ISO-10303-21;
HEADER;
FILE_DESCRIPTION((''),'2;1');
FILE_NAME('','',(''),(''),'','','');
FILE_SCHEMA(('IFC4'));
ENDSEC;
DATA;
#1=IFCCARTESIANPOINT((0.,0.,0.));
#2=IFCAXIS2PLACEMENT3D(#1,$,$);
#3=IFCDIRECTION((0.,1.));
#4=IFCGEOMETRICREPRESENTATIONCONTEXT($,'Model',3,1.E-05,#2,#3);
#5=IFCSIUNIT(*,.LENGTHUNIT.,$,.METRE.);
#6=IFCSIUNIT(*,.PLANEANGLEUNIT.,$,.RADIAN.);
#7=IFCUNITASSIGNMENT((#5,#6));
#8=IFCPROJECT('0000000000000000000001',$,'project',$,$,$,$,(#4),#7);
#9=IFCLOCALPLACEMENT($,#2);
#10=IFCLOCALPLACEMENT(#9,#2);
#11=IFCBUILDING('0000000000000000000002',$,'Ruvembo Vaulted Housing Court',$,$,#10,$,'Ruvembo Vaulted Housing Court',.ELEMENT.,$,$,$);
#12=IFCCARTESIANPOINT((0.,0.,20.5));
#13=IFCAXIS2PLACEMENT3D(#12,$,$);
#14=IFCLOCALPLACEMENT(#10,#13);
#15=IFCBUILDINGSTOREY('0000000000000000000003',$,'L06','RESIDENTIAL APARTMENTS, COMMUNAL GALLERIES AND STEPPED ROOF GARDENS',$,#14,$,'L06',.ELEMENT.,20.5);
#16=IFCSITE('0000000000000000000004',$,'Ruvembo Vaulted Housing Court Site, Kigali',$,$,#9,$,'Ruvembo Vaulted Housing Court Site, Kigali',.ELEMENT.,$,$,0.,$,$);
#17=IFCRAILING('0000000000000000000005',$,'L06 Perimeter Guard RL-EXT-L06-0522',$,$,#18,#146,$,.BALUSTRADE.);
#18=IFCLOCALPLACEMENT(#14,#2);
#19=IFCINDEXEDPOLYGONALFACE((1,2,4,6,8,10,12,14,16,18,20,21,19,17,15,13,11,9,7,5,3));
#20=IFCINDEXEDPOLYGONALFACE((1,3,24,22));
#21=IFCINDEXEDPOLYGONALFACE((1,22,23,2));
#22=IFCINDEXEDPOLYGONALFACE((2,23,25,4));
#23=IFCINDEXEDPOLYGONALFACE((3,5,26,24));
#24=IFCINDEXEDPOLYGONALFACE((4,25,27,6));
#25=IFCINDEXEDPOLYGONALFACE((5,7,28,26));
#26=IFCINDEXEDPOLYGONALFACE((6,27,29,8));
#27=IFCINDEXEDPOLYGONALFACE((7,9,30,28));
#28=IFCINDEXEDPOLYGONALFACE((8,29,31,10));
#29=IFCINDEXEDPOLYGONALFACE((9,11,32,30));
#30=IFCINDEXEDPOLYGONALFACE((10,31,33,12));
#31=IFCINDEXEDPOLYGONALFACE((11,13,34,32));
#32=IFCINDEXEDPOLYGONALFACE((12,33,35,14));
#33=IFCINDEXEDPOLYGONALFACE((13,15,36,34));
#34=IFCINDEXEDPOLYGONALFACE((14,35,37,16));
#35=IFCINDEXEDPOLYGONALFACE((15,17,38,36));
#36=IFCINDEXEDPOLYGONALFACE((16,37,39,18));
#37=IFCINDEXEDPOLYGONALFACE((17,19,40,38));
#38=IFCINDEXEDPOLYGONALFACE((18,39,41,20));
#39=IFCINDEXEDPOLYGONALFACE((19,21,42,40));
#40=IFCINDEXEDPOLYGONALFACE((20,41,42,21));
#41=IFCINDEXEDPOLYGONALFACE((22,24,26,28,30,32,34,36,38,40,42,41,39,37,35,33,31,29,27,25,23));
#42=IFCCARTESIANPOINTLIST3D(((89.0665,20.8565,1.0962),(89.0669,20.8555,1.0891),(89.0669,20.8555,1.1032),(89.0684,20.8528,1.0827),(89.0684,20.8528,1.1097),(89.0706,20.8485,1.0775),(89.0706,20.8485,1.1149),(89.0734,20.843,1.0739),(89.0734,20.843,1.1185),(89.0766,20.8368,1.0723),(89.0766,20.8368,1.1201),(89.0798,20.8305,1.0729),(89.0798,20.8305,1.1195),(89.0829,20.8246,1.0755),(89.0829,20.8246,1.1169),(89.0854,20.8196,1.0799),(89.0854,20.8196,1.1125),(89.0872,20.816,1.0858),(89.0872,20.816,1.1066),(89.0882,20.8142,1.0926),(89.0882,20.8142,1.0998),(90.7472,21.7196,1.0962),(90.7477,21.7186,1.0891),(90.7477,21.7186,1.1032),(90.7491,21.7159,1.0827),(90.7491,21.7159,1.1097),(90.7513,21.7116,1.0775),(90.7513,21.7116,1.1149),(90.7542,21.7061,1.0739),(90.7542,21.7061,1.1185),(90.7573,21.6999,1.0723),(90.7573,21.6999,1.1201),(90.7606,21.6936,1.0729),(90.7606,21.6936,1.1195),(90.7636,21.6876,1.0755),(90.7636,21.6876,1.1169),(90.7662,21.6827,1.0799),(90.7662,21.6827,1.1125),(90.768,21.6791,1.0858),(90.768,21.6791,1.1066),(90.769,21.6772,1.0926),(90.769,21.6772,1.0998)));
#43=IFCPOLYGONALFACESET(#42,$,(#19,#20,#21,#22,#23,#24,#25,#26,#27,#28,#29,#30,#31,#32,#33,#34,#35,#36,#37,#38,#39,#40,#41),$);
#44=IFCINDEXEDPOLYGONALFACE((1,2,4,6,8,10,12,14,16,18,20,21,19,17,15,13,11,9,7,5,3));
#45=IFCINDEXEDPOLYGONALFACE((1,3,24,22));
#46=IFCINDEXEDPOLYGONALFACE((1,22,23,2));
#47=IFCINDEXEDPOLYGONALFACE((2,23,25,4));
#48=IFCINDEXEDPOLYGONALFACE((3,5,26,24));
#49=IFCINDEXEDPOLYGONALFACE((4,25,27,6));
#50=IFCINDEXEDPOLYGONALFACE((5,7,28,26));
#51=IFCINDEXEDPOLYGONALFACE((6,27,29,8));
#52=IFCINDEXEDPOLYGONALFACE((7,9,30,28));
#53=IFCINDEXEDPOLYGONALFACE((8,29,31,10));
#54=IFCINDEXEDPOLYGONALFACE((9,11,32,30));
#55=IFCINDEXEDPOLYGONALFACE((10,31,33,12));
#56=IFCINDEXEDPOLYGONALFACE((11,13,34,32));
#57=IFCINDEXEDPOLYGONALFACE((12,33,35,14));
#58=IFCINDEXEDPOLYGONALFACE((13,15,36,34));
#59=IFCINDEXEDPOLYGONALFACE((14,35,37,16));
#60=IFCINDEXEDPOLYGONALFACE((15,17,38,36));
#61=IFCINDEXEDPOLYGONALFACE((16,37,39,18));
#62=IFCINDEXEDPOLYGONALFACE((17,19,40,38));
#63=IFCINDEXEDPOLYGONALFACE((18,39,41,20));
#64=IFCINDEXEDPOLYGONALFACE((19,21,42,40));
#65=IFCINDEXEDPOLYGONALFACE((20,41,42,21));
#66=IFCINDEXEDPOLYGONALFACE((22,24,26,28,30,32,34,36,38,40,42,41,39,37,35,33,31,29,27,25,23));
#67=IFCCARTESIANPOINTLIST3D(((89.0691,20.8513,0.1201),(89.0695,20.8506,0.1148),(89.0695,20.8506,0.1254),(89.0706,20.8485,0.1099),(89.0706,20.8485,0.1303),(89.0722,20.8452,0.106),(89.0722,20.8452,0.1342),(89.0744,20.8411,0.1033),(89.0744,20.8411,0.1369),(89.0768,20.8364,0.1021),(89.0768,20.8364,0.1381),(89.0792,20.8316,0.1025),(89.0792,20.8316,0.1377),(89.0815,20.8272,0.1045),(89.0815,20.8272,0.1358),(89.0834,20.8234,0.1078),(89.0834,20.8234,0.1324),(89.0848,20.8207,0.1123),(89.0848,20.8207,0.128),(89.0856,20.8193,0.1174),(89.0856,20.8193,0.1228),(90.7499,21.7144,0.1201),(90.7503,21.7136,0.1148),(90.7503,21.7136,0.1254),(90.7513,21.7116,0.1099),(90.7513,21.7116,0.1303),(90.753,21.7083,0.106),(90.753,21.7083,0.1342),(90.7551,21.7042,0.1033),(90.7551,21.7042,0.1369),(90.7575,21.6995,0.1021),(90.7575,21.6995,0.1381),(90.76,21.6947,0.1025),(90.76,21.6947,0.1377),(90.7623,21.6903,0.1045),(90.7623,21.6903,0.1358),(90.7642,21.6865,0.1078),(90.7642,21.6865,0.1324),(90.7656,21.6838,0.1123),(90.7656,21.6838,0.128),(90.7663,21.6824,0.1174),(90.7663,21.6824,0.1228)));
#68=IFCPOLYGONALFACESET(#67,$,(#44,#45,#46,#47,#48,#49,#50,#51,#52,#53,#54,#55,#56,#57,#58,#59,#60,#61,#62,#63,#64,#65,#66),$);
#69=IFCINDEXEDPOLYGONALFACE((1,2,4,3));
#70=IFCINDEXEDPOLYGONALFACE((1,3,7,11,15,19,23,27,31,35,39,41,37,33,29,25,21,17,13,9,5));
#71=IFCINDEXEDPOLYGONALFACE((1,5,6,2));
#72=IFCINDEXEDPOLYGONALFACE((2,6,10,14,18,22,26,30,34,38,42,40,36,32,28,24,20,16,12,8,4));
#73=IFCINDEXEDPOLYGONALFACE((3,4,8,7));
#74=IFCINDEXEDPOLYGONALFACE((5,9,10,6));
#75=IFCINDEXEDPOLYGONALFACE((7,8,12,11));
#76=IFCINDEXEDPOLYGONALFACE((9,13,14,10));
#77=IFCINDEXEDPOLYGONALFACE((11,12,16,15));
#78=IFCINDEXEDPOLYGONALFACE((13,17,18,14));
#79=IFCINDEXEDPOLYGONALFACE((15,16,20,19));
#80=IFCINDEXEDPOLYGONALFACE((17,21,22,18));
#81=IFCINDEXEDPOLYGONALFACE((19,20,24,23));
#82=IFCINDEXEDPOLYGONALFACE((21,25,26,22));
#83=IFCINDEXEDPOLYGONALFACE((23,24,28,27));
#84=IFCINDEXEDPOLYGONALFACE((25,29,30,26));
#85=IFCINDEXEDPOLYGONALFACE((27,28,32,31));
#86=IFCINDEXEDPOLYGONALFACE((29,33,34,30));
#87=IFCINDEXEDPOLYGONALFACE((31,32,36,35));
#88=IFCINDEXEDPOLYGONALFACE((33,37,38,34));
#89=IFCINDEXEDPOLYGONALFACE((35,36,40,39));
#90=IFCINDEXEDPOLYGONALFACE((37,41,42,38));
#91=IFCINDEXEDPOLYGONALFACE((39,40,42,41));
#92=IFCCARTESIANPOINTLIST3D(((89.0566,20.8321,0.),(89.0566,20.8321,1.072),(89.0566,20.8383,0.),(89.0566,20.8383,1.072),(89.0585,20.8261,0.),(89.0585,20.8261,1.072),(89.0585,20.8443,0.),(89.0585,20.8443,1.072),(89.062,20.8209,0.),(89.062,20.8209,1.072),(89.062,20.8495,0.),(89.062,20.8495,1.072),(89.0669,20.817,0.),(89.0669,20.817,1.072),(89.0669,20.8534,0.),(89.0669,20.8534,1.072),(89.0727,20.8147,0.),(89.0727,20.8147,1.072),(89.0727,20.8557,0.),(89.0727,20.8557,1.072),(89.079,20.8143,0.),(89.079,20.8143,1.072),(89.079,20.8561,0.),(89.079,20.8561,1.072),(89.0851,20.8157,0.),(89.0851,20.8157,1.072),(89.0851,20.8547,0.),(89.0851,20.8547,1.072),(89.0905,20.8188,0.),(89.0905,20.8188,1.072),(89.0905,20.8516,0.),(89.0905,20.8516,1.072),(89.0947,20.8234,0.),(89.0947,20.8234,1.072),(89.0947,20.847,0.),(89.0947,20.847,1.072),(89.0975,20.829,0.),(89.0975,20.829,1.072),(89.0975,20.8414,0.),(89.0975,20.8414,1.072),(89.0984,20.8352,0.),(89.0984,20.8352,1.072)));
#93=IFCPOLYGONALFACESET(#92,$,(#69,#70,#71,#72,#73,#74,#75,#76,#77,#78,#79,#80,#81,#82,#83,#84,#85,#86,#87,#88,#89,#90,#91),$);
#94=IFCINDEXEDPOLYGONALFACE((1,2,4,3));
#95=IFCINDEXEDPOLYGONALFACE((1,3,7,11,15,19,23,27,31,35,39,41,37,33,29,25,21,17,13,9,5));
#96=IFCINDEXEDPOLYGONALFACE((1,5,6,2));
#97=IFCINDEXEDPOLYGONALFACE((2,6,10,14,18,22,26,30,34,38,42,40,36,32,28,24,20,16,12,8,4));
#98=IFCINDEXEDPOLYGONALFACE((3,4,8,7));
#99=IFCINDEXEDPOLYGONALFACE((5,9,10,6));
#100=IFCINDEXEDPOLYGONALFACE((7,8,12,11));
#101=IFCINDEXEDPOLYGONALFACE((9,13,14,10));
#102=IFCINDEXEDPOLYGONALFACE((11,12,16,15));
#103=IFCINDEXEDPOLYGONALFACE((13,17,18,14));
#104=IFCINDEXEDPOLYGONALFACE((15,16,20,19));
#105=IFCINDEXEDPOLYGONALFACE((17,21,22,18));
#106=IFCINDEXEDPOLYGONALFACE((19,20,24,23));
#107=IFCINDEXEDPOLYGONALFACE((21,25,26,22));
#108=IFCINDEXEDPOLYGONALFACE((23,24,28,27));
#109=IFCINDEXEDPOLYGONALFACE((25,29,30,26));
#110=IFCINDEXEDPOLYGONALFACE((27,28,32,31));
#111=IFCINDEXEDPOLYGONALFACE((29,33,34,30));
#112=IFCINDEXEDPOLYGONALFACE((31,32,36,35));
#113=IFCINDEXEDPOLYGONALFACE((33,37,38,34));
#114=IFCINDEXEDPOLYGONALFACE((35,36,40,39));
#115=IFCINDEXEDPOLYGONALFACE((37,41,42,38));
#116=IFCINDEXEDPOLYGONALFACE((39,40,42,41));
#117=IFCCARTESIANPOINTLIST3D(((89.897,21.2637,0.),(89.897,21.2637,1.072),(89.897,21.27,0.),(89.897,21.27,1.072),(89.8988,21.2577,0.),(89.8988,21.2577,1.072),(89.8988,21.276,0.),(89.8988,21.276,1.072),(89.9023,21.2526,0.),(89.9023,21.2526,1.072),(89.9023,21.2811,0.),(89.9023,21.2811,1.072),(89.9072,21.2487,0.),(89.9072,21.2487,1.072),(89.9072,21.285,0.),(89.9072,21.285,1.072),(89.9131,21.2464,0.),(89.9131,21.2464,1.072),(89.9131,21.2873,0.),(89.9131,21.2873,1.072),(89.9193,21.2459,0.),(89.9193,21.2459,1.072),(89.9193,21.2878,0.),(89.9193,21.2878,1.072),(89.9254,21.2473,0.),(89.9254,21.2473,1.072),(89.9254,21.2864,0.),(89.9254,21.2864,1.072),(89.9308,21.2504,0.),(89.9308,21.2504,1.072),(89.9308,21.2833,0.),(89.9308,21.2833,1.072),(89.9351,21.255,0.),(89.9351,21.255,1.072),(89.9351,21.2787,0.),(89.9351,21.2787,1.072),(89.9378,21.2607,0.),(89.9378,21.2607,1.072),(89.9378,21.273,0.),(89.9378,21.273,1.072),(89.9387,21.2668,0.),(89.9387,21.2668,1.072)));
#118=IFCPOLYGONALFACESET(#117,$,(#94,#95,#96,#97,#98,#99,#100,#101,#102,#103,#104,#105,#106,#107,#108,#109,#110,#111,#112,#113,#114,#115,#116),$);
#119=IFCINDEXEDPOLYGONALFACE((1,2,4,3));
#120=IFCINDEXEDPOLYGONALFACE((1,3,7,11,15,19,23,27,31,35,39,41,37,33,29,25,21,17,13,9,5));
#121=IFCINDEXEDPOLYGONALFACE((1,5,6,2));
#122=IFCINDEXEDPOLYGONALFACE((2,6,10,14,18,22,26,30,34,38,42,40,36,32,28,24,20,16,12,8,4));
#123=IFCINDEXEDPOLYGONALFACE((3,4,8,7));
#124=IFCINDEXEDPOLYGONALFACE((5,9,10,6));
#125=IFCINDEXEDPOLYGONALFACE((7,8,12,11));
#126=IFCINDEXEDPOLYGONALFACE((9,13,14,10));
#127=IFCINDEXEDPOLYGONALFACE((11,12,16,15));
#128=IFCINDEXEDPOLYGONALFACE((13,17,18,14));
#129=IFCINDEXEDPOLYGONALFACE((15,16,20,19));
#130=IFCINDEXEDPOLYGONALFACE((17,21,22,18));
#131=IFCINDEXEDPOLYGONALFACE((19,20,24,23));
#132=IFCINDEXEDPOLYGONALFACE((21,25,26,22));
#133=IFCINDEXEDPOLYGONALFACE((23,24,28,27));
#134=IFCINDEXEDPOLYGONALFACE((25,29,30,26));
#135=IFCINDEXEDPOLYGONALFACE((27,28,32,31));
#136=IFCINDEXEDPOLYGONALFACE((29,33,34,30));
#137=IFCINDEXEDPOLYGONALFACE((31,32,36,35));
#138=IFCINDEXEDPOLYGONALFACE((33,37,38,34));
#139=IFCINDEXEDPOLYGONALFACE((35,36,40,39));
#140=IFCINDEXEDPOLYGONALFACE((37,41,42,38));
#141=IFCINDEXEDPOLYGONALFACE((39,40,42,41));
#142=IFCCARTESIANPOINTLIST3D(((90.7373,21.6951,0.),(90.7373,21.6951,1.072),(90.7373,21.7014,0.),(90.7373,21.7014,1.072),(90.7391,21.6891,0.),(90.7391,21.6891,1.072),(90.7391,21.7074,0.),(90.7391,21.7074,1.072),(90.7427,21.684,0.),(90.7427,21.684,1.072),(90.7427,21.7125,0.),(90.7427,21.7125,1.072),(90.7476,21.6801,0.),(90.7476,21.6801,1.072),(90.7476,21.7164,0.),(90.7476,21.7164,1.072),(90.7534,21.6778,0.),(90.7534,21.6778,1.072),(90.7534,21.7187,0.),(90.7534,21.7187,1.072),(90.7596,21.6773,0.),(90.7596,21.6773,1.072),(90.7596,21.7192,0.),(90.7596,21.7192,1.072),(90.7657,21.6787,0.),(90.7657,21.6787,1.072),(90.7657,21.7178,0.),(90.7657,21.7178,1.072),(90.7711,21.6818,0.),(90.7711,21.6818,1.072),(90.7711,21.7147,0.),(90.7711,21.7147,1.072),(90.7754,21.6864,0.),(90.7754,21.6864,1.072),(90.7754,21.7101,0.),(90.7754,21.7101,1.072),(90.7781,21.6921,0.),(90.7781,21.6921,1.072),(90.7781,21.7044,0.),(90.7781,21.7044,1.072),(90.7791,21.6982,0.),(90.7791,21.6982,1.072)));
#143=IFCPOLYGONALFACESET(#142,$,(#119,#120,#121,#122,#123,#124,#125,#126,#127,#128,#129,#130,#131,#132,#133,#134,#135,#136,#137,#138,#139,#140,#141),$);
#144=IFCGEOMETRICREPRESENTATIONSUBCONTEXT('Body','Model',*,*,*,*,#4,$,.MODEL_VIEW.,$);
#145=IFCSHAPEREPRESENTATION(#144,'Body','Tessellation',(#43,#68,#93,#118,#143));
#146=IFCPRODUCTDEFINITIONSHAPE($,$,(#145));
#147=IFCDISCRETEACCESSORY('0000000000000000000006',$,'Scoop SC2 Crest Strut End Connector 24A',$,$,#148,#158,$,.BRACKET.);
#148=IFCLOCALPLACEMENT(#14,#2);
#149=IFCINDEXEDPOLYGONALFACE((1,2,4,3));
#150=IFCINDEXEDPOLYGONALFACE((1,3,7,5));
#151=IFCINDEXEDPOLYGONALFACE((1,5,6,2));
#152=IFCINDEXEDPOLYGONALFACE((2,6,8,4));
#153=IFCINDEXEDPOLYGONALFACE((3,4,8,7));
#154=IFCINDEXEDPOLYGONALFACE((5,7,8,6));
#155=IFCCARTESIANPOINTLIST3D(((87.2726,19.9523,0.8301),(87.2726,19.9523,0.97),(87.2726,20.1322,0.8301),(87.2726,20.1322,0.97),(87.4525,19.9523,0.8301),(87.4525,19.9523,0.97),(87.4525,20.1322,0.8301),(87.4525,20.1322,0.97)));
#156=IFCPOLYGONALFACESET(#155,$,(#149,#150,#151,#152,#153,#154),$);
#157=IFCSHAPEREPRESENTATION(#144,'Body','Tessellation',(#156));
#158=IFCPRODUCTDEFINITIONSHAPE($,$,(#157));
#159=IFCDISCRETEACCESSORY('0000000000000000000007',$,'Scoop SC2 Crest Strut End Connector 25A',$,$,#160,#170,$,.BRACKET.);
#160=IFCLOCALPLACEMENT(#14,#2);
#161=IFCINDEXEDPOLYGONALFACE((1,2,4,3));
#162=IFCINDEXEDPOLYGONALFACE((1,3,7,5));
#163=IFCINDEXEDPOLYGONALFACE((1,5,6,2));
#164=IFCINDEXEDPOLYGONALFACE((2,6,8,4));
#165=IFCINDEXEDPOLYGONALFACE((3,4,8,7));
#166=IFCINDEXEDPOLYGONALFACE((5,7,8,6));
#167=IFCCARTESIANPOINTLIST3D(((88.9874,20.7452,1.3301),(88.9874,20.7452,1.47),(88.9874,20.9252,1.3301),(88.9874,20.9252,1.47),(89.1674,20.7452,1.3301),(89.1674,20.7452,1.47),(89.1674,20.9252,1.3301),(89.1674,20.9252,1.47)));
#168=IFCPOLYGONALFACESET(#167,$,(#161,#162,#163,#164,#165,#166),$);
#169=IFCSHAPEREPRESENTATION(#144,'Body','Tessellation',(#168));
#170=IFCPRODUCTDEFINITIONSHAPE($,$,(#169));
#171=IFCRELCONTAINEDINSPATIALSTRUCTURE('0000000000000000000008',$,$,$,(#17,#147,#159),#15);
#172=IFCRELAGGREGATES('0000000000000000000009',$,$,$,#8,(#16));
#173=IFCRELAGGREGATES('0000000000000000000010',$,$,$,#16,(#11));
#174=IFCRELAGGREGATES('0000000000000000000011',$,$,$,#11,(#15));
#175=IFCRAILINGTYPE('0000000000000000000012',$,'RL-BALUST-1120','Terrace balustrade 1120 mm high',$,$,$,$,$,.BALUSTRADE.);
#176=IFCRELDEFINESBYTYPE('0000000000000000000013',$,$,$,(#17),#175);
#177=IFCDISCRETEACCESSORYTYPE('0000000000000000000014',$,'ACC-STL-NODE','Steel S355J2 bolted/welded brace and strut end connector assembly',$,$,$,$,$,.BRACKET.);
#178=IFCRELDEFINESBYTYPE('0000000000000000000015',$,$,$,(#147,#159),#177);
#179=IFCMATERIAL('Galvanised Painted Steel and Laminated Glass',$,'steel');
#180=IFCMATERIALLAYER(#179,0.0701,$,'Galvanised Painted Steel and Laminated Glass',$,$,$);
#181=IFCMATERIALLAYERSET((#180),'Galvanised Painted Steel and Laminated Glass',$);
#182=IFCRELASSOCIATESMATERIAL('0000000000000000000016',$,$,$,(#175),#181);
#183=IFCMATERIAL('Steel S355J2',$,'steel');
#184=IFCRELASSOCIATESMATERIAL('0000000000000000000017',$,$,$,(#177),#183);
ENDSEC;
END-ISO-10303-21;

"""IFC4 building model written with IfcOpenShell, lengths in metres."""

from ifc_helpers import new_model, si_unit, direction, frame, origin, origin_2d, place, context, subcontext, project, spatial, rectangle, circle, extrude, material, layer, layer_set, type_object, element, save


model = new_model("IFC4")

# Units and contexts
model_context = context("Model", 3, precision=1e-05, world=origin(), true_north=direction((0.0, 1.0)))
body_context = subcontext(model_context, "Body", "Model", "MODEL_VIEW")
ifc_project = project(units=[si_unit("LENGTHUNIT", "METRE"), si_unit("PLANEANGLEUNIT", "RADIAN")], contexts=[model_context])

# Site, building, storey
site_placement = place(None, origin())
site = spatial("IfcSite", under=ifc_project, at=site_placement, Name="Ruvembo Vaulted Housing Court Site, Kigali", LongName="Ruvembo Vaulted Housing Court Site, Kigali", CompositionType="ELEMENT", RefElevation=0.0)
building_placement = place(site_placement, origin())
building = spatial("IfcBuilding", under=site, at=building_placement, Name="Ruvembo Vaulted Housing Court", LongName="Ruvembo Vaulted Housing Court", CompositionType="ELEMENT")
storey_placement = place(building_placement, frame((0.0, 0.0, 20.5)))
storey = spatial("IfcBuildingStorey", under=building, at=storey_placement, Name="L06", Description="RESIDENTIAL APARTMENTS, COMMUNAL GALLERIES AND STEPPED ROOF GARDENS", LongName="L06", CompositionType="ELEMENT", Elevation=20.5)

# Shared definitions
ifc_material_1 = material(Name="Steel S355J2", Category="steel")

# Railing
ifc_material_2 = material(Name="Galvanised Painted Steel and Laminated Glass", Category="steel")
ifc_layer = layer(ifc_material_2, 0.0701, Name="Galvanised Painted Steel and Laminated Glass")
ifc_layer_set = layer_set([ifc_layer], Name="Galvanised Painted Steel and Laminated Glass")
railing_type = type_object("IfcRailingType", Name="RL-BALUST-1120", Description="Terrace balustrade 1120 mm high", PredefinedType="BALUSTRADE", material=ifc_layer_set)
railing_1_placement = place(storey_placement, frame((89.0774, 20.8352, 0.0)))
element("IfcRailing", 1, at=railing_1_placement, inside=storey, type_object=railing_type, Name="L06 Perimeter Guard RL-EXT-L06-0522", PredefinedType="BALUSTRADE", context=body_context, shape_type="SweptSolid", body=[
    extrude(circle(Radius=0.0239, at=origin_2d()), frame((0.0, 0.0, 1.0962), z_axis=(0.889568, 0.456802, 0.0), x_axis=(-0.456802, 0.889568, 0.0)), (0.0, 0.0, 1.0), 1.8894),
    extrude(circle(Radius=0.0181, at=origin_2d()), frame((0.0, 0.0, 0.1201), z_axis=(0.889568, 0.456802, 0.0), x_axis=(-0.456802, 0.889568, 0.0)), (0.0, 0.0, 1.0), 1.8894),
    extrude(circle(Radius=0.021, at=origin_2d()), origin(), (0.0, 0.0, 1.0), 1.072),
    extrude(circle(Radius=0.021, at=origin_2d()), frame((0.8403, 0.4316, 0.0)), (0.0, 0.0, 1.0), 1.072),
    extrude(circle(Radius=0.021, at=origin_2d()), frame((1.6807, 0.863, 0.0)), (0.0, 0.0, 1.0), 1.072),
])

# Discrete accessories
discrete_accessory_type = type_object("IfcDiscreteAccessoryType", Name="ACC-STL-NODE", Description="Steel S355J2 bolted/welded brace and strut end connector assembly", PredefinedType="BRACKET", material=ifc_material_1)
for number, where, z_axis, x_axis, name in (
    (2, (87.3625, 20.0422, 0.8301), (0.0, 0.0, 1.0), (1.0, 0.0, 0.0), "Scoop SC2 Crest Strut End Connector 24A"),
    (3, (89.0774, 20.8352, 1.3301), (0.0, 0.0, 1.0), (1.0, 0.0, 0.0), "Scoop SC2 Crest Strut End Connector 25A"),
):
    element("IfcDiscreteAccessory", number, at=place(storey_placement, frame(where, z_axis=z_axis, x_axis=x_axis)), inside=storey, type_object=discrete_accessory_type, Name=name, PredefinedType="BRACKET", context=body_context, shape_type="SweptSolid", body=[
        extrude(rectangle(XDim=0.1799, YDim=0.1799, at=origin_2d()), origin(), (0.0, 0.0, 1.0), 0.1399),
    ])

save(model, "model.ifc")
